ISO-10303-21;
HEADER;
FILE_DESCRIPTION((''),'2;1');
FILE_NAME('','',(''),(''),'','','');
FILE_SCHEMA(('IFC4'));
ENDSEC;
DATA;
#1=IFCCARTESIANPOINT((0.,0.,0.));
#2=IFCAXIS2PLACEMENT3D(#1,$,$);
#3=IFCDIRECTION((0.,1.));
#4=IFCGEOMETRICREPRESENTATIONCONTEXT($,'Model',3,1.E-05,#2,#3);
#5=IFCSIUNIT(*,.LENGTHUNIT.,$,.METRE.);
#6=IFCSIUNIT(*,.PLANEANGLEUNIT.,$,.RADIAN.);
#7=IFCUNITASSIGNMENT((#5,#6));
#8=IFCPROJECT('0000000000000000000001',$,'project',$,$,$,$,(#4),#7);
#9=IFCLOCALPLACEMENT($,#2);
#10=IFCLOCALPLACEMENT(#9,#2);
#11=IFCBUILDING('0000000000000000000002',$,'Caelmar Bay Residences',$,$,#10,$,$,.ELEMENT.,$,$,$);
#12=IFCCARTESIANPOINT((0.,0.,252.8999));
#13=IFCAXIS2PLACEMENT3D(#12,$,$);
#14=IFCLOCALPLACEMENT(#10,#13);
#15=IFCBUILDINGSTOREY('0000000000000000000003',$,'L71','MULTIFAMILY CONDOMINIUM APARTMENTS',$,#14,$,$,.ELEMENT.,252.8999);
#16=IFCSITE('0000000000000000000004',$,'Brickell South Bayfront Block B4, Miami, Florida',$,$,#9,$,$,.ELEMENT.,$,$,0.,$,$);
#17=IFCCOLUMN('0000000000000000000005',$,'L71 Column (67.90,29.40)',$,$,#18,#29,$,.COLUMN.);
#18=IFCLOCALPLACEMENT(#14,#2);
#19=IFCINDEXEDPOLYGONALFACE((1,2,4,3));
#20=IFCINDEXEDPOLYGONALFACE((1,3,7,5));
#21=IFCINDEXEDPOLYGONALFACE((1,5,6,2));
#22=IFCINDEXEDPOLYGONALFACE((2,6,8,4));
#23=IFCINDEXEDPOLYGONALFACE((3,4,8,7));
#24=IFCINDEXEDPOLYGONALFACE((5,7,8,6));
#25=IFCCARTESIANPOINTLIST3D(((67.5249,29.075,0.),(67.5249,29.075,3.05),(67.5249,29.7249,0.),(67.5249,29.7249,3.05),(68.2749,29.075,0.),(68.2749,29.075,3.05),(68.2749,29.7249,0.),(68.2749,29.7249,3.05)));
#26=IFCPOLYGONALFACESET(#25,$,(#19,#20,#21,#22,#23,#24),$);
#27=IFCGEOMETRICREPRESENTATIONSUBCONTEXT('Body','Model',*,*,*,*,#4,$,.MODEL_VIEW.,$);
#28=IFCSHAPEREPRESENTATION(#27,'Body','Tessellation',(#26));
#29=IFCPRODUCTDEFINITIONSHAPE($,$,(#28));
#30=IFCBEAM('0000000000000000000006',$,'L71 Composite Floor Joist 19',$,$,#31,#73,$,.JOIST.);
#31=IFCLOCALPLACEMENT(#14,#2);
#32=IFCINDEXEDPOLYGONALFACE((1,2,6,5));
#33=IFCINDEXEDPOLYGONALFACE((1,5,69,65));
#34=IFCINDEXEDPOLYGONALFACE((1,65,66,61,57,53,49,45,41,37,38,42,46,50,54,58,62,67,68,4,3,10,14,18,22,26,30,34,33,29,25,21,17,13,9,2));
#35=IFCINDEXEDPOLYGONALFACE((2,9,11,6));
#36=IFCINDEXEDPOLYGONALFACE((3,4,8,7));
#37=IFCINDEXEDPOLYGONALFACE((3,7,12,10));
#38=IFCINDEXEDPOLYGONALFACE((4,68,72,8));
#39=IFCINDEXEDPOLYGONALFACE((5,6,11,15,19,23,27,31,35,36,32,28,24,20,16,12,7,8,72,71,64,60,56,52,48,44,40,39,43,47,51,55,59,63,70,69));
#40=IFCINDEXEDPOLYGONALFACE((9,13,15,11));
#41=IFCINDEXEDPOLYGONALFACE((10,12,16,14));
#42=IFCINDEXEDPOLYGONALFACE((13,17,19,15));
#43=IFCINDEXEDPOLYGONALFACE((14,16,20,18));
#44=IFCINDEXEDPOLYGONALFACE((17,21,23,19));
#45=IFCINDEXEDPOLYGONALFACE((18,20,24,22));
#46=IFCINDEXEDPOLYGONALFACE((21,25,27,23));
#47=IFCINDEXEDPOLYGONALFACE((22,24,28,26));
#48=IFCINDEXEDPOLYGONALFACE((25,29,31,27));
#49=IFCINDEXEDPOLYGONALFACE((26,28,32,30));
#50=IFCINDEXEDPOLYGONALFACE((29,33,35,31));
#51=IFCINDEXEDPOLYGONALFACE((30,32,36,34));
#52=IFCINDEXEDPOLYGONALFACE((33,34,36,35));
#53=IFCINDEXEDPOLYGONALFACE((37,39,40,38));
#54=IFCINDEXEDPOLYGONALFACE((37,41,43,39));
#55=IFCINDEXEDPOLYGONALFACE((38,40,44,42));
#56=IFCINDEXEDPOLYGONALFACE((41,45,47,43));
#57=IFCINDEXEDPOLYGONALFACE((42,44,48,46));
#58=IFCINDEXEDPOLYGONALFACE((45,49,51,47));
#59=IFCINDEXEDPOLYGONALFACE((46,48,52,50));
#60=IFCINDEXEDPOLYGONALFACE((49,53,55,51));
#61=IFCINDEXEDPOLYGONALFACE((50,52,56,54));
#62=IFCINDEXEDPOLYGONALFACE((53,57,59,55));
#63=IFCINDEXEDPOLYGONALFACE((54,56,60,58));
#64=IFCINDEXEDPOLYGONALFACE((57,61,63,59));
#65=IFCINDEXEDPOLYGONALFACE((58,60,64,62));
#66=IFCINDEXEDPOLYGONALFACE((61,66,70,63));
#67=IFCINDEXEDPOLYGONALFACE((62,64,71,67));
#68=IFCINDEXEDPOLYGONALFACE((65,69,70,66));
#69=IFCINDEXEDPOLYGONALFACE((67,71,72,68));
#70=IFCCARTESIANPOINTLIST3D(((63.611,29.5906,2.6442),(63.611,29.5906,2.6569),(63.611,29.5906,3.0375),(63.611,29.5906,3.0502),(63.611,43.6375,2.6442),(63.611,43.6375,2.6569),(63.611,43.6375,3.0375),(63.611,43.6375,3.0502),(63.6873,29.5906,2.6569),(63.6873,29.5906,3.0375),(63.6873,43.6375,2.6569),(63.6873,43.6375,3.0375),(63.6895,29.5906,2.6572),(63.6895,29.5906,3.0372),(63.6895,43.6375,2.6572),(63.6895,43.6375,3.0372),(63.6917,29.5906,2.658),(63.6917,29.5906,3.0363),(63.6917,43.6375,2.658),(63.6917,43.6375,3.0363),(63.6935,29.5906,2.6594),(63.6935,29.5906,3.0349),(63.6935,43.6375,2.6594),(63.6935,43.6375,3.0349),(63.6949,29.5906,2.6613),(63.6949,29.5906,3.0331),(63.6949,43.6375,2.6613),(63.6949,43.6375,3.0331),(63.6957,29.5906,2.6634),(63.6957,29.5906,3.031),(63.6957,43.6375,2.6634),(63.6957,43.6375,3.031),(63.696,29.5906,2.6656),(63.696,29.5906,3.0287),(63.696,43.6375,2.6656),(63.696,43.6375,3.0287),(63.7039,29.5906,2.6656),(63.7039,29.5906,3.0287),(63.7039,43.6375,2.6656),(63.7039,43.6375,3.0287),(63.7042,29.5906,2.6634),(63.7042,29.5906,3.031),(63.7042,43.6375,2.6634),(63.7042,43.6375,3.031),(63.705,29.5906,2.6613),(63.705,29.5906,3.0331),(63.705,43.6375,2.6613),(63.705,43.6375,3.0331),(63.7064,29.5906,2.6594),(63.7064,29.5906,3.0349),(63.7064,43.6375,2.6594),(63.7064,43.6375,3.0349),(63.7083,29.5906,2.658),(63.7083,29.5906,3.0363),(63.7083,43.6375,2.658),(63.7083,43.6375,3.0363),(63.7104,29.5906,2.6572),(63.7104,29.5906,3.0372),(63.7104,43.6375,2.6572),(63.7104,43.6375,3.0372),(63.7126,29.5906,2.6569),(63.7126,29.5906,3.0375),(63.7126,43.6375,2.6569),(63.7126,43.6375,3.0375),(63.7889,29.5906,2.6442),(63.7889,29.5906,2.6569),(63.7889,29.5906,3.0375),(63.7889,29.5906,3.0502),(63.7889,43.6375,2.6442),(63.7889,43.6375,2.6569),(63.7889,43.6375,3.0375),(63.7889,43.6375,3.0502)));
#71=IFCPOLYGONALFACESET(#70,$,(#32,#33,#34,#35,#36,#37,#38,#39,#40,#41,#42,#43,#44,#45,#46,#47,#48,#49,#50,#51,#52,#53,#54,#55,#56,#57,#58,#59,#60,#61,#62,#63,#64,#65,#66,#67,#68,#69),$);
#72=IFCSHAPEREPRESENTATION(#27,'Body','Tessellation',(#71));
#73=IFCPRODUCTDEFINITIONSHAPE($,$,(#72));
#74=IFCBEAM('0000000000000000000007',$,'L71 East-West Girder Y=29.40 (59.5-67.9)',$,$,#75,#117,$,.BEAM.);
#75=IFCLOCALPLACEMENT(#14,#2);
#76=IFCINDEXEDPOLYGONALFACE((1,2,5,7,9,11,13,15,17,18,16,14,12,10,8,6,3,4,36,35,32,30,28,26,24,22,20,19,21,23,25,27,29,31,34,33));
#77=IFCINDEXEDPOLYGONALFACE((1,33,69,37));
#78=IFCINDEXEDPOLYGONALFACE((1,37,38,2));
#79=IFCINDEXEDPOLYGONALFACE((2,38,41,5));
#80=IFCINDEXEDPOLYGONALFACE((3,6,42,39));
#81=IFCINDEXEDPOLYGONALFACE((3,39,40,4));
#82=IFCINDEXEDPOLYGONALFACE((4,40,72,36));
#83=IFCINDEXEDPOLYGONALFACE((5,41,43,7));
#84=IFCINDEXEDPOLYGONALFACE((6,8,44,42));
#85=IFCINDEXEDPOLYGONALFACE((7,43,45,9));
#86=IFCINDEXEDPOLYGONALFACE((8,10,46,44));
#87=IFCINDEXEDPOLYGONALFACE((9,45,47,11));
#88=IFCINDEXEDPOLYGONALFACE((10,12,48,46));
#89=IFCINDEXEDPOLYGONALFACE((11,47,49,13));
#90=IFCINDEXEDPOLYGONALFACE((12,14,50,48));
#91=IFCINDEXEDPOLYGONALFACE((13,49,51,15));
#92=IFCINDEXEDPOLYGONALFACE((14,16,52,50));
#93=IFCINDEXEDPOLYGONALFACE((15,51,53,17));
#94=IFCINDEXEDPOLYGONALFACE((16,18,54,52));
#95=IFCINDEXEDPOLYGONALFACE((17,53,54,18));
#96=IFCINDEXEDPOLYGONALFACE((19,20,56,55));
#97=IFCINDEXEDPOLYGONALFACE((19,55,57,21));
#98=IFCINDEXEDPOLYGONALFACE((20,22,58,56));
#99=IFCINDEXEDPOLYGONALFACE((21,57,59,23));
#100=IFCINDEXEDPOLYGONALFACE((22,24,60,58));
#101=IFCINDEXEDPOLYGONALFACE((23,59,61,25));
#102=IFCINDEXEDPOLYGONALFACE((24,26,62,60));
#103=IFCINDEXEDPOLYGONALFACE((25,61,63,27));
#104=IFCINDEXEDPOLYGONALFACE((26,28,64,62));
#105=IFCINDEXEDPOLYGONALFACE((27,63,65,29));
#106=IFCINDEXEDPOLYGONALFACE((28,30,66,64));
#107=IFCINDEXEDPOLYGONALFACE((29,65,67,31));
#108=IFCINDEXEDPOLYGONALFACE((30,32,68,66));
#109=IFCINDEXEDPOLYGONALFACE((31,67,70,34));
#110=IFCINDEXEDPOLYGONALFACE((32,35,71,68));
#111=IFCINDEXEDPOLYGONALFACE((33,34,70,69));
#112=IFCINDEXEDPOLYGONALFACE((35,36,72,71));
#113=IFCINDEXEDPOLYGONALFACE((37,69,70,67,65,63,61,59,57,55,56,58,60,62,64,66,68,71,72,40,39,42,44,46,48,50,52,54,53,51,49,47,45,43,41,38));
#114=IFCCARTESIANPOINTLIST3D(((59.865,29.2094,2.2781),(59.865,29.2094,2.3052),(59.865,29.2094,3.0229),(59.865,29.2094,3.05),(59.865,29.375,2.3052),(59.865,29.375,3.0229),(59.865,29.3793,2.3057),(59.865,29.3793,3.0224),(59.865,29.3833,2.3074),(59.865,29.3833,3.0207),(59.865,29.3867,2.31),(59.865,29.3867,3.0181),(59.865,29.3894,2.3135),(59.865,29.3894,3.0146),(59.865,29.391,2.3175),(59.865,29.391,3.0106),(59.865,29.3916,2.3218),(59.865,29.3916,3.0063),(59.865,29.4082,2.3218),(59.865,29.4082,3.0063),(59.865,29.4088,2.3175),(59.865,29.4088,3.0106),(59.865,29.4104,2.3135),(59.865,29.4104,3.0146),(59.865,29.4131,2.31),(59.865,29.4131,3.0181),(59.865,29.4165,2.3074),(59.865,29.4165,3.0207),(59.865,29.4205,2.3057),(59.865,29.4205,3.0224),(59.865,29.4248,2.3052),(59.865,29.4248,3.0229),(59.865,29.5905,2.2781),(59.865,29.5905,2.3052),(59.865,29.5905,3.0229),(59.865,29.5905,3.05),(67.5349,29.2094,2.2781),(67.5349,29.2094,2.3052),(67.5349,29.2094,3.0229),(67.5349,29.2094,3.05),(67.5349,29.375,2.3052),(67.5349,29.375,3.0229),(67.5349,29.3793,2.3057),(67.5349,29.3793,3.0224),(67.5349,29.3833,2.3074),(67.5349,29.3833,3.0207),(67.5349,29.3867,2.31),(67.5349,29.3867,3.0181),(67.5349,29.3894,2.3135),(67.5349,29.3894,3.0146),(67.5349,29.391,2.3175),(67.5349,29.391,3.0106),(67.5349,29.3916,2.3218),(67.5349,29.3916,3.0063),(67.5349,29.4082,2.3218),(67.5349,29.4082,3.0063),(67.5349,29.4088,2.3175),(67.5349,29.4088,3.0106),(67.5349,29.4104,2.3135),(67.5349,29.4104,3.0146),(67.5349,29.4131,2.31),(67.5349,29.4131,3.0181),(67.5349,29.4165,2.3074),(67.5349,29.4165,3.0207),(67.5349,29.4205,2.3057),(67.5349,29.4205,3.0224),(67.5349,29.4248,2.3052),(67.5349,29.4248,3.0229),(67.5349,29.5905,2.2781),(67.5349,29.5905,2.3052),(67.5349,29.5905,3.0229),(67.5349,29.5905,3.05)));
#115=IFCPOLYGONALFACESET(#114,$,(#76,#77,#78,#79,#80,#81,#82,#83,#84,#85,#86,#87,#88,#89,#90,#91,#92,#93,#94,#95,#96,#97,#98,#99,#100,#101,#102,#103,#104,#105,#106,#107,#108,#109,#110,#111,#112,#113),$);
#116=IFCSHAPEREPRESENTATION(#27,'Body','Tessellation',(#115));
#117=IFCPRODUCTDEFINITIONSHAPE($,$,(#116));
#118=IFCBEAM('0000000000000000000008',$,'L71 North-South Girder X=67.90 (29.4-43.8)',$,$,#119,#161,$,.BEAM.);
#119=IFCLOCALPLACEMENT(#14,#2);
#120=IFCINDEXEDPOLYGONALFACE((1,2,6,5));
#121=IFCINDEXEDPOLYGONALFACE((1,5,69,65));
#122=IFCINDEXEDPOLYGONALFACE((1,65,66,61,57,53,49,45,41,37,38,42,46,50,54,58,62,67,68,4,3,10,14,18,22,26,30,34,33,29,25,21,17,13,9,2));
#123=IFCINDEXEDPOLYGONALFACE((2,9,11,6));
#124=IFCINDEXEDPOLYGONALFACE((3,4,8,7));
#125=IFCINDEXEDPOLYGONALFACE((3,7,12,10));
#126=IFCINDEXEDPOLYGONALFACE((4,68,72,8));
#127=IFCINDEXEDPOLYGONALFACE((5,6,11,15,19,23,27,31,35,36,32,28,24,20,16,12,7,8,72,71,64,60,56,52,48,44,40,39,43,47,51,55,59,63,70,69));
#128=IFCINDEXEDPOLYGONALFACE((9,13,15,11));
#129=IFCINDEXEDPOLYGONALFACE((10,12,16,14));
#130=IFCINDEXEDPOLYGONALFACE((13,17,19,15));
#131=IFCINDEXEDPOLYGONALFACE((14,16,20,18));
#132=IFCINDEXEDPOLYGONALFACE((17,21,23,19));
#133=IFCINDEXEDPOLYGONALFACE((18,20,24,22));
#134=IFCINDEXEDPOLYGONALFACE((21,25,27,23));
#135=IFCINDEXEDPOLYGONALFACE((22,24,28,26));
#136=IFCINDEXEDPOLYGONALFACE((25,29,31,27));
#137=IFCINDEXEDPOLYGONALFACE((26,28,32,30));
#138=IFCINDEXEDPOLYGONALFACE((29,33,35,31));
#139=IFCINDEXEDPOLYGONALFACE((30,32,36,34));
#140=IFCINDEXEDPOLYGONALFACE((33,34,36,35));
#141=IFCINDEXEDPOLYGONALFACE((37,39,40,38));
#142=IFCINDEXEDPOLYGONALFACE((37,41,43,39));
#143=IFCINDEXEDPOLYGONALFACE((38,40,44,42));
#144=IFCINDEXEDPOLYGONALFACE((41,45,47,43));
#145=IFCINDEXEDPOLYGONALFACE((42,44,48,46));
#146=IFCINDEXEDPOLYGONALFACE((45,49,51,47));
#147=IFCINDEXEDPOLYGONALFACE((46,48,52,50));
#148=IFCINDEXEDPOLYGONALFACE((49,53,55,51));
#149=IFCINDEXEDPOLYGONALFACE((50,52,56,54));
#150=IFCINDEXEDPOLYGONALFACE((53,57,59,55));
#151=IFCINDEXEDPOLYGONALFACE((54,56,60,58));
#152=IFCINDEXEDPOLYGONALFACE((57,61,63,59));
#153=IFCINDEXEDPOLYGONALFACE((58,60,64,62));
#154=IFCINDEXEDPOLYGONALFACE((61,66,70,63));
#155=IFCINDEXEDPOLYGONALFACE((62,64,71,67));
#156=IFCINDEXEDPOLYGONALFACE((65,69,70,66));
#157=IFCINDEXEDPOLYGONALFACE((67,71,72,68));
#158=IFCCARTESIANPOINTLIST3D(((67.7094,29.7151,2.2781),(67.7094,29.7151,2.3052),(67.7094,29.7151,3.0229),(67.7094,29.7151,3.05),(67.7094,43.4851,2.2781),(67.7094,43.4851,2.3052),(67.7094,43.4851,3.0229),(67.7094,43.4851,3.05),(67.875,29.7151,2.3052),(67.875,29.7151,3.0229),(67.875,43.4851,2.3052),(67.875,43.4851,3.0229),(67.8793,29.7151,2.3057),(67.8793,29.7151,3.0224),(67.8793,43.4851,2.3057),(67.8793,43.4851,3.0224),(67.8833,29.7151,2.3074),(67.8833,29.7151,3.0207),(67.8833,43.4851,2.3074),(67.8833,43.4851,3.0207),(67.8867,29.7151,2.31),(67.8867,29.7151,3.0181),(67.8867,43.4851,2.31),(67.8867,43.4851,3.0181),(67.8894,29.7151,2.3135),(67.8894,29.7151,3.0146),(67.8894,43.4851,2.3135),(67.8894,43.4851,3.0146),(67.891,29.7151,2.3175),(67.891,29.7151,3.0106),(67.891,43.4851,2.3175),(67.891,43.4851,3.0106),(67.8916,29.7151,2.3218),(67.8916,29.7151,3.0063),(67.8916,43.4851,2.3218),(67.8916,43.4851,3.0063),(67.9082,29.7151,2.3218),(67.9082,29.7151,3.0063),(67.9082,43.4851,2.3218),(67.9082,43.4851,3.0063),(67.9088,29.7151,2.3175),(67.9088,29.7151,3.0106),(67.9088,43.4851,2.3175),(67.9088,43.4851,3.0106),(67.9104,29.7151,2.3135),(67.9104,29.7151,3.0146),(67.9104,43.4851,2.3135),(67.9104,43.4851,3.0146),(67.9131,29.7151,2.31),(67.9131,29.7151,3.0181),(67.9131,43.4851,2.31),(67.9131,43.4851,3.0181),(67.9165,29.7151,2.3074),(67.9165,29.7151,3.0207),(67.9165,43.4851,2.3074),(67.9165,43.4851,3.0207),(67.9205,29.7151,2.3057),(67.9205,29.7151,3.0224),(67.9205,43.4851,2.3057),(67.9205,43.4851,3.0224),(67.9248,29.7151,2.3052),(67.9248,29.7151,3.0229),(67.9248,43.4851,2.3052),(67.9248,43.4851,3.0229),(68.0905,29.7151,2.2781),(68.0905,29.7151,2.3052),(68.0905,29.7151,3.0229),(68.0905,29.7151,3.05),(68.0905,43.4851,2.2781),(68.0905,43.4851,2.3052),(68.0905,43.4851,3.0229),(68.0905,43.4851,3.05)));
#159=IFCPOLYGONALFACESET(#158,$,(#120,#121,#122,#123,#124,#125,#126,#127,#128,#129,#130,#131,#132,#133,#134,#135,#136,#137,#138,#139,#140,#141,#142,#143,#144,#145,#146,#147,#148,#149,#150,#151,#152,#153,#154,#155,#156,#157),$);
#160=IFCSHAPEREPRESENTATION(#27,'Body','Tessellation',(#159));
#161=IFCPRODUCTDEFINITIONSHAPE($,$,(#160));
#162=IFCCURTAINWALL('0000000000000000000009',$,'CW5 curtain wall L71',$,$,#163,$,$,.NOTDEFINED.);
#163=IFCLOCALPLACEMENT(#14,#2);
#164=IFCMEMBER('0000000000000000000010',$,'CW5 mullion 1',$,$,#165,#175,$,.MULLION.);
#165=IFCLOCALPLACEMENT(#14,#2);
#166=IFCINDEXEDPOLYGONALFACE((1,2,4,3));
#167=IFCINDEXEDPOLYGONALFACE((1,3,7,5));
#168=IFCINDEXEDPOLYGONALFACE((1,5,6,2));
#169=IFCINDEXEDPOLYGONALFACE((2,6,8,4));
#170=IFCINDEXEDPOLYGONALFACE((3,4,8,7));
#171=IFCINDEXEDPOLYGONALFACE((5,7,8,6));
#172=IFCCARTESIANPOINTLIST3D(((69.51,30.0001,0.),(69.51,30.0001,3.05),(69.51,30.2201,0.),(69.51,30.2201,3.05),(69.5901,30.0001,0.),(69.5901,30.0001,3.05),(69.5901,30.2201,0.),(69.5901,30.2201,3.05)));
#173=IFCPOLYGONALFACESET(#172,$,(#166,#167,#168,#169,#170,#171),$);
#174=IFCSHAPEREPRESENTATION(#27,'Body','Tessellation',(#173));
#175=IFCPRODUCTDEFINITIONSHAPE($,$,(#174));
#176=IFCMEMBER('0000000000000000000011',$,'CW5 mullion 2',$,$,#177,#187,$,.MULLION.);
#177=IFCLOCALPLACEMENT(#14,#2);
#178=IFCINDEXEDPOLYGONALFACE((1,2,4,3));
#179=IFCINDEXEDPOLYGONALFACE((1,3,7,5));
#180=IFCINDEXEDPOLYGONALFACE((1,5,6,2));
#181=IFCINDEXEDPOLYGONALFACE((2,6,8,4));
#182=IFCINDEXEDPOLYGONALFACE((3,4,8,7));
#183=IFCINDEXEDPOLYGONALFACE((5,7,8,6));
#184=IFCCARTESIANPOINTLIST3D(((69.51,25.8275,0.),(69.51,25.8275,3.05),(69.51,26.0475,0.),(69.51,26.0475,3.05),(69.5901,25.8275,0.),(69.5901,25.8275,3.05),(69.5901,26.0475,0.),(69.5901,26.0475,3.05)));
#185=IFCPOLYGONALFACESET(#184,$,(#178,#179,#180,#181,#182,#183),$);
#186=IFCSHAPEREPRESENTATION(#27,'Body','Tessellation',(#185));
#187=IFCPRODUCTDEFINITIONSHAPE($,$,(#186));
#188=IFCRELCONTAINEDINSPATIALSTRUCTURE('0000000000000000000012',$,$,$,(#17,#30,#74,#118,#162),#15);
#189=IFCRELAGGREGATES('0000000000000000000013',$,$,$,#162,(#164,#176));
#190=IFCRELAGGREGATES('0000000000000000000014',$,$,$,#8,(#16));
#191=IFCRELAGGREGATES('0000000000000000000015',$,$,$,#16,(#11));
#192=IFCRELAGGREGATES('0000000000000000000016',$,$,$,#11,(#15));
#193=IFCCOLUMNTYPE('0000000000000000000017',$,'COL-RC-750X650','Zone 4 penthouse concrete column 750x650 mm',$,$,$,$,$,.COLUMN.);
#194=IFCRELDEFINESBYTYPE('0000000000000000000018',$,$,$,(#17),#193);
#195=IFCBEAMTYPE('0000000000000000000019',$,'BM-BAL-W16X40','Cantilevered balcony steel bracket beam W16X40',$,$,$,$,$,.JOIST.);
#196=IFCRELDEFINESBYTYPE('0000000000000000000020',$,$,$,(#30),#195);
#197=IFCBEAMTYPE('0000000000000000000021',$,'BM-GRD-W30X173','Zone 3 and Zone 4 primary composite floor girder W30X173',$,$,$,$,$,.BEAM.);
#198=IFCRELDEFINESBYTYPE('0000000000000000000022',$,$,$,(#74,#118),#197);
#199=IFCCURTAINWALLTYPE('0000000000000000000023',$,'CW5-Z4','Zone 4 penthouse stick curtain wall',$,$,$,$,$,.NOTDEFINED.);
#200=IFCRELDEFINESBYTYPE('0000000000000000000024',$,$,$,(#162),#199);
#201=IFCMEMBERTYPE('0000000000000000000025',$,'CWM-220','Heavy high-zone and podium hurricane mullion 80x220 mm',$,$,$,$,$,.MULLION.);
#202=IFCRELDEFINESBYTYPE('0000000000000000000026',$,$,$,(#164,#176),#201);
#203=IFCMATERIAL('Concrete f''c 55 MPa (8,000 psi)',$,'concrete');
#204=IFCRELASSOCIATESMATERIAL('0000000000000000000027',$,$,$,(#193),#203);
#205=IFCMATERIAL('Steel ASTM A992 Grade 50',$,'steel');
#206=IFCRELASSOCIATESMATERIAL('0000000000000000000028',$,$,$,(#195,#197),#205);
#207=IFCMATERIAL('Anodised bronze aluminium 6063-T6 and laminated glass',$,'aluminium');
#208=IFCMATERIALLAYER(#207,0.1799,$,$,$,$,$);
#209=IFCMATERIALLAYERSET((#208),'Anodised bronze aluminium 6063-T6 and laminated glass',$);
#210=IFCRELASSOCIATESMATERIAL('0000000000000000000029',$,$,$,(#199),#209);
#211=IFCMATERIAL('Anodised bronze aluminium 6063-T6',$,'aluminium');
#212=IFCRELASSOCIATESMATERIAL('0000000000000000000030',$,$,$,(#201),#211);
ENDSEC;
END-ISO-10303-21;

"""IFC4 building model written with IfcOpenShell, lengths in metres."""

from ifc_helpers import new_model, si_unit, direction, frame, origin, origin_2d, place, context, subcontext, project, spatial, rectangle, i_section, extrude, material, layer, layer_set, material_profile, profile_set, type_object, element, aggregate, save


model = new_model("IFC4")

# Units and contexts
model_context = context("Model", 3, precision=1e-05, world=origin(), true_north=direction((0.0, 1.0)))
body_context = subcontext(model_context, "Body", "Model", "MODEL_VIEW")
ifc_project = project(units=[si_unit("LENGTHUNIT", "METRE"), si_unit("PLANEANGLEUNIT", "RADIAN")], contexts=[model_context])

# Site, building, storey
site_placement = place(None, origin())
site = spatial("IfcSite", under=ifc_project, at=site_placement, Name="Brickell South Bayfront Block B4, Miami, Florida", CompositionType="ELEMENT", RefElevation=0.0)
building_placement = place(site_placement, origin())
building = spatial("IfcBuilding", under=site, at=building_placement, Name="Caelmar Bay Residences", CompositionType="ELEMENT")
storey_placement = place(building_placement, frame((0.0, 0.0, 252.8999)))
storey = spatial("IfcBuildingStorey", under=building, at=storey_placement, Name="L71", Description="MULTIFAMILY CONDOMINIUM APARTMENTS", CompositionType="ELEMENT", Elevation=252.8999)

# Column
ifc_material_1 = material(Name="Concrete f'c 55 MPa (8,000 psi)", Category="concrete")
ifc_material_profile_1 = material_profile(ifc_material_1, rectangle(XDim=0.75, YDim=0.6499, at=origin_2d()), Name="RC-COL-750X650")
ifc_profile_set_1 = profile_set([ifc_material_profile_1], Name="Concrete f'c 55 MPa (8,000 psi)")
column_type = type_object("IfcColumnType", Name="COL-RC-750X650", Description="Zone 4 penthouse concrete column 750x650 mm", PredefinedType="COLUMN", material=ifc_profile_set_1)
column_placement = place(storey_placement, frame((67.8999, 29.3999, 0.0), z_axis=(0.0, 0.0, 1.0), x_axis=(1.0, 0.0, 0.0)))
element("IfcColumn", 1, at=column_placement, inside=storey, type_object=column_type, Name="L71 Column (67.90,29.40)", PredefinedType="COLUMN", context=body_context, shape_type="SweptSolid", body=[
    extrude(rectangle(XDim=0.75, YDim=0.6499, at=origin_2d()), origin(), (0.0, 0.0, 1.0), 3.05),
])

# Beams
ifc_material_2 = material(Name="Steel ASTM A992 Grade 50", Category="steel")
ifc_material_profile_2 = material_profile(ifc_material_2, i_section(OverallWidth=0.178, OverallDepth=0.406, WebThickness=0.0078, FlangeThickness=0.0127, FilletRadius=0.0088, at=origin_2d()), Name="W16X40")
ifc_profile_set_2 = profile_set([ifc_material_profile_2], Name="Steel ASTM A992 Grade 50")
beam_type_1 = type_object("IfcBeamType", Name="BM-BAL-W16X40", Description="Cantilevered balcony steel bracket beam W16X40", PredefinedType="JOIST", material=ifc_profile_set_2)
beam_1_placement = place(storey_placement, frame((63.7, 29.5906, 2.8472), z_axis=(0.0, 1.0, 0.0), x_axis=(-1.0, 0.0, 0.0)))
element("IfcBeam", 2, at=beam_1_placement, inside=storey, type_object=beam_type_1, Name="L71 Composite Floor Joist 19", PredefinedType="JOIST", context=body_context, shape_type="SweptSolid", body=[
    extrude(i_section(OverallWidth=0.178, OverallDepth=0.406, WebThickness=0.0078, FlangeThickness=0.0127, FilletRadius=0.0088, at=origin_2d()), origin(), (0.0, 0.0, 1.0), 14.0469),
])
ifc_material_profile_3 = material_profile(ifc_material_2, i_section(OverallWidth=0.3811, OverallDepth=0.772, WebThickness=0.0166, FlangeThickness=0.0271, FilletRadius=0.0166, at=origin_2d()), Name="W30X173")
ifc_profile_set_3 = profile_set([ifc_material_profile_3], Name="Steel ASTM A992 Grade 50")
beam_type_2 = type_object("IfcBeamType", Name="BM-GRD-W30X173", Description="Zone 3 and Zone 4 primary composite floor girder W30X173", PredefinedType="BEAM", material=ifc_profile_set_3)
beam_2_placement = place(storey_placement, frame((59.865, 29.3999, 2.6641), z_axis=(1.0, 0.0, 0.0), x_axis=(0.0, 1.0, 0.0)))
element("IfcBeam", 3, at=beam_2_placement, inside=storey, type_object=beam_type_2, Name="L71 East-West Girder Y=29.40 (59.5-67.9)", PredefinedType="BEAM", context=body_context, shape_type="SweptSolid", body=[
    extrude(i_section(OverallWidth=0.3811, OverallDepth=0.772, WebThickness=0.0166, FlangeThickness=0.0271, FilletRadius=0.0166, at=origin_2d()), origin(), (0.0, 0.0, 1.0), 7.6699),
])
beam_3_placement = place(storey_placement, frame((67.8999, 29.7151, 2.6641), z_axis=(0.0, 1.0, 0.0), x_axis=(-1.0, 0.0, 0.0)))
element("IfcBeam", 4, at=beam_3_placement, inside=storey, type_object=beam_type_2, Name="L71 North-South Girder X=67.90 (29.4-43.8)", PredefinedType="BEAM", context=body_context, shape_type="SweptSolid", body=[
    extrude(i_section(OverallWidth=0.3811, OverallDepth=0.772, WebThickness=0.0166, FlangeThickness=0.0271, FilletRadius=0.0166, at=origin_2d()), origin(), (0.0, 0.0, 1.0), 13.77),
])

# Curtain wall, members
ifc_material_3 = material(Name="Anodised bronze aluminium 6063-T6 and laminated glass", Category="aluminium")
ifc_layer_1 = layer(ifc_material_3, 0.1799)
ifc_layer_set_1 = layer_set([ifc_layer_1], Name="Anodised bronze aluminium 6063-T6 and laminated glass")
curtain_wall_type = type_object("IfcCurtainWallType", Name="CW5-Z4", Description="Zone 4 penthouse stick curtain wall", PredefinedType="NOTDEFINED", material=ifc_layer_set_1)
curtain_wall_placement = place(storey_placement, origin())
curtain_wall = element("IfcCurtainWall", 5, at=curtain_wall_placement, inside=storey, type_object=curtain_wall_type, Name="CW5 curtain wall L71", PredefinedType="NOTDEFINED")
ifc_material_4 = material(Name="Anodised bronze aluminium 6063-T6", Category="aluminium")
ifc_material_profile_4 = material_profile(ifc_material_4, rectangle(XDim=0.0801, YDim=0.22, at=origin_2d()), Name="CWM-80X220")
ifc_profile_set_4 = profile_set([ifc_material_profile_4], Name="Anodised bronze aluminium 6063-T6")
member_type_1 = type_object("IfcMemberType", Name="CWM-220", Description="Heavy high-zone and podium hurricane mullion 80x220 mm", PredefinedType="MULLION", material=ifc_profile_set_4)
member_1_placement = place(storey_placement, frame((69.55, 30.1101, 0.0), z_axis=(0.0, 0.0, 1.0), x_axis=(1.0, 0.0, 0.0)))
member_1 = element("IfcMember", 6, at=member_1_placement, type_object=member_type_1, Name="CW5 mullion 1", PredefinedType="MULLION", context=body_context, shape_type="SweptSolid", body=[
    extrude(rectangle(XDim=0.0801, YDim=0.22, at=origin_2d()), origin(), (0.0, 0.0, 1.0), 3.05),
])
member_2_placement = place(storey_placement, frame((69.55, 25.9375, 0.0), z_axis=(0.0, 0.0, 1.0), x_axis=(1.0, 0.0, 0.0)))
member_2 = element("IfcMember", 7, at=member_2_placement, type_object=member_type_1, Name="CW5 mullion 2", PredefinedType="MULLION", context=body_context, shape_type="SweptSolid", body=[
    extrude(rectangle(XDim=0.0801, YDim=0.22, at=origin_2d()), origin(), (0.0, 0.0, 1.0), 3.05),
])
aggregate(curtain_wall, [member_1, member_2])

save(model, "model.ifc")
